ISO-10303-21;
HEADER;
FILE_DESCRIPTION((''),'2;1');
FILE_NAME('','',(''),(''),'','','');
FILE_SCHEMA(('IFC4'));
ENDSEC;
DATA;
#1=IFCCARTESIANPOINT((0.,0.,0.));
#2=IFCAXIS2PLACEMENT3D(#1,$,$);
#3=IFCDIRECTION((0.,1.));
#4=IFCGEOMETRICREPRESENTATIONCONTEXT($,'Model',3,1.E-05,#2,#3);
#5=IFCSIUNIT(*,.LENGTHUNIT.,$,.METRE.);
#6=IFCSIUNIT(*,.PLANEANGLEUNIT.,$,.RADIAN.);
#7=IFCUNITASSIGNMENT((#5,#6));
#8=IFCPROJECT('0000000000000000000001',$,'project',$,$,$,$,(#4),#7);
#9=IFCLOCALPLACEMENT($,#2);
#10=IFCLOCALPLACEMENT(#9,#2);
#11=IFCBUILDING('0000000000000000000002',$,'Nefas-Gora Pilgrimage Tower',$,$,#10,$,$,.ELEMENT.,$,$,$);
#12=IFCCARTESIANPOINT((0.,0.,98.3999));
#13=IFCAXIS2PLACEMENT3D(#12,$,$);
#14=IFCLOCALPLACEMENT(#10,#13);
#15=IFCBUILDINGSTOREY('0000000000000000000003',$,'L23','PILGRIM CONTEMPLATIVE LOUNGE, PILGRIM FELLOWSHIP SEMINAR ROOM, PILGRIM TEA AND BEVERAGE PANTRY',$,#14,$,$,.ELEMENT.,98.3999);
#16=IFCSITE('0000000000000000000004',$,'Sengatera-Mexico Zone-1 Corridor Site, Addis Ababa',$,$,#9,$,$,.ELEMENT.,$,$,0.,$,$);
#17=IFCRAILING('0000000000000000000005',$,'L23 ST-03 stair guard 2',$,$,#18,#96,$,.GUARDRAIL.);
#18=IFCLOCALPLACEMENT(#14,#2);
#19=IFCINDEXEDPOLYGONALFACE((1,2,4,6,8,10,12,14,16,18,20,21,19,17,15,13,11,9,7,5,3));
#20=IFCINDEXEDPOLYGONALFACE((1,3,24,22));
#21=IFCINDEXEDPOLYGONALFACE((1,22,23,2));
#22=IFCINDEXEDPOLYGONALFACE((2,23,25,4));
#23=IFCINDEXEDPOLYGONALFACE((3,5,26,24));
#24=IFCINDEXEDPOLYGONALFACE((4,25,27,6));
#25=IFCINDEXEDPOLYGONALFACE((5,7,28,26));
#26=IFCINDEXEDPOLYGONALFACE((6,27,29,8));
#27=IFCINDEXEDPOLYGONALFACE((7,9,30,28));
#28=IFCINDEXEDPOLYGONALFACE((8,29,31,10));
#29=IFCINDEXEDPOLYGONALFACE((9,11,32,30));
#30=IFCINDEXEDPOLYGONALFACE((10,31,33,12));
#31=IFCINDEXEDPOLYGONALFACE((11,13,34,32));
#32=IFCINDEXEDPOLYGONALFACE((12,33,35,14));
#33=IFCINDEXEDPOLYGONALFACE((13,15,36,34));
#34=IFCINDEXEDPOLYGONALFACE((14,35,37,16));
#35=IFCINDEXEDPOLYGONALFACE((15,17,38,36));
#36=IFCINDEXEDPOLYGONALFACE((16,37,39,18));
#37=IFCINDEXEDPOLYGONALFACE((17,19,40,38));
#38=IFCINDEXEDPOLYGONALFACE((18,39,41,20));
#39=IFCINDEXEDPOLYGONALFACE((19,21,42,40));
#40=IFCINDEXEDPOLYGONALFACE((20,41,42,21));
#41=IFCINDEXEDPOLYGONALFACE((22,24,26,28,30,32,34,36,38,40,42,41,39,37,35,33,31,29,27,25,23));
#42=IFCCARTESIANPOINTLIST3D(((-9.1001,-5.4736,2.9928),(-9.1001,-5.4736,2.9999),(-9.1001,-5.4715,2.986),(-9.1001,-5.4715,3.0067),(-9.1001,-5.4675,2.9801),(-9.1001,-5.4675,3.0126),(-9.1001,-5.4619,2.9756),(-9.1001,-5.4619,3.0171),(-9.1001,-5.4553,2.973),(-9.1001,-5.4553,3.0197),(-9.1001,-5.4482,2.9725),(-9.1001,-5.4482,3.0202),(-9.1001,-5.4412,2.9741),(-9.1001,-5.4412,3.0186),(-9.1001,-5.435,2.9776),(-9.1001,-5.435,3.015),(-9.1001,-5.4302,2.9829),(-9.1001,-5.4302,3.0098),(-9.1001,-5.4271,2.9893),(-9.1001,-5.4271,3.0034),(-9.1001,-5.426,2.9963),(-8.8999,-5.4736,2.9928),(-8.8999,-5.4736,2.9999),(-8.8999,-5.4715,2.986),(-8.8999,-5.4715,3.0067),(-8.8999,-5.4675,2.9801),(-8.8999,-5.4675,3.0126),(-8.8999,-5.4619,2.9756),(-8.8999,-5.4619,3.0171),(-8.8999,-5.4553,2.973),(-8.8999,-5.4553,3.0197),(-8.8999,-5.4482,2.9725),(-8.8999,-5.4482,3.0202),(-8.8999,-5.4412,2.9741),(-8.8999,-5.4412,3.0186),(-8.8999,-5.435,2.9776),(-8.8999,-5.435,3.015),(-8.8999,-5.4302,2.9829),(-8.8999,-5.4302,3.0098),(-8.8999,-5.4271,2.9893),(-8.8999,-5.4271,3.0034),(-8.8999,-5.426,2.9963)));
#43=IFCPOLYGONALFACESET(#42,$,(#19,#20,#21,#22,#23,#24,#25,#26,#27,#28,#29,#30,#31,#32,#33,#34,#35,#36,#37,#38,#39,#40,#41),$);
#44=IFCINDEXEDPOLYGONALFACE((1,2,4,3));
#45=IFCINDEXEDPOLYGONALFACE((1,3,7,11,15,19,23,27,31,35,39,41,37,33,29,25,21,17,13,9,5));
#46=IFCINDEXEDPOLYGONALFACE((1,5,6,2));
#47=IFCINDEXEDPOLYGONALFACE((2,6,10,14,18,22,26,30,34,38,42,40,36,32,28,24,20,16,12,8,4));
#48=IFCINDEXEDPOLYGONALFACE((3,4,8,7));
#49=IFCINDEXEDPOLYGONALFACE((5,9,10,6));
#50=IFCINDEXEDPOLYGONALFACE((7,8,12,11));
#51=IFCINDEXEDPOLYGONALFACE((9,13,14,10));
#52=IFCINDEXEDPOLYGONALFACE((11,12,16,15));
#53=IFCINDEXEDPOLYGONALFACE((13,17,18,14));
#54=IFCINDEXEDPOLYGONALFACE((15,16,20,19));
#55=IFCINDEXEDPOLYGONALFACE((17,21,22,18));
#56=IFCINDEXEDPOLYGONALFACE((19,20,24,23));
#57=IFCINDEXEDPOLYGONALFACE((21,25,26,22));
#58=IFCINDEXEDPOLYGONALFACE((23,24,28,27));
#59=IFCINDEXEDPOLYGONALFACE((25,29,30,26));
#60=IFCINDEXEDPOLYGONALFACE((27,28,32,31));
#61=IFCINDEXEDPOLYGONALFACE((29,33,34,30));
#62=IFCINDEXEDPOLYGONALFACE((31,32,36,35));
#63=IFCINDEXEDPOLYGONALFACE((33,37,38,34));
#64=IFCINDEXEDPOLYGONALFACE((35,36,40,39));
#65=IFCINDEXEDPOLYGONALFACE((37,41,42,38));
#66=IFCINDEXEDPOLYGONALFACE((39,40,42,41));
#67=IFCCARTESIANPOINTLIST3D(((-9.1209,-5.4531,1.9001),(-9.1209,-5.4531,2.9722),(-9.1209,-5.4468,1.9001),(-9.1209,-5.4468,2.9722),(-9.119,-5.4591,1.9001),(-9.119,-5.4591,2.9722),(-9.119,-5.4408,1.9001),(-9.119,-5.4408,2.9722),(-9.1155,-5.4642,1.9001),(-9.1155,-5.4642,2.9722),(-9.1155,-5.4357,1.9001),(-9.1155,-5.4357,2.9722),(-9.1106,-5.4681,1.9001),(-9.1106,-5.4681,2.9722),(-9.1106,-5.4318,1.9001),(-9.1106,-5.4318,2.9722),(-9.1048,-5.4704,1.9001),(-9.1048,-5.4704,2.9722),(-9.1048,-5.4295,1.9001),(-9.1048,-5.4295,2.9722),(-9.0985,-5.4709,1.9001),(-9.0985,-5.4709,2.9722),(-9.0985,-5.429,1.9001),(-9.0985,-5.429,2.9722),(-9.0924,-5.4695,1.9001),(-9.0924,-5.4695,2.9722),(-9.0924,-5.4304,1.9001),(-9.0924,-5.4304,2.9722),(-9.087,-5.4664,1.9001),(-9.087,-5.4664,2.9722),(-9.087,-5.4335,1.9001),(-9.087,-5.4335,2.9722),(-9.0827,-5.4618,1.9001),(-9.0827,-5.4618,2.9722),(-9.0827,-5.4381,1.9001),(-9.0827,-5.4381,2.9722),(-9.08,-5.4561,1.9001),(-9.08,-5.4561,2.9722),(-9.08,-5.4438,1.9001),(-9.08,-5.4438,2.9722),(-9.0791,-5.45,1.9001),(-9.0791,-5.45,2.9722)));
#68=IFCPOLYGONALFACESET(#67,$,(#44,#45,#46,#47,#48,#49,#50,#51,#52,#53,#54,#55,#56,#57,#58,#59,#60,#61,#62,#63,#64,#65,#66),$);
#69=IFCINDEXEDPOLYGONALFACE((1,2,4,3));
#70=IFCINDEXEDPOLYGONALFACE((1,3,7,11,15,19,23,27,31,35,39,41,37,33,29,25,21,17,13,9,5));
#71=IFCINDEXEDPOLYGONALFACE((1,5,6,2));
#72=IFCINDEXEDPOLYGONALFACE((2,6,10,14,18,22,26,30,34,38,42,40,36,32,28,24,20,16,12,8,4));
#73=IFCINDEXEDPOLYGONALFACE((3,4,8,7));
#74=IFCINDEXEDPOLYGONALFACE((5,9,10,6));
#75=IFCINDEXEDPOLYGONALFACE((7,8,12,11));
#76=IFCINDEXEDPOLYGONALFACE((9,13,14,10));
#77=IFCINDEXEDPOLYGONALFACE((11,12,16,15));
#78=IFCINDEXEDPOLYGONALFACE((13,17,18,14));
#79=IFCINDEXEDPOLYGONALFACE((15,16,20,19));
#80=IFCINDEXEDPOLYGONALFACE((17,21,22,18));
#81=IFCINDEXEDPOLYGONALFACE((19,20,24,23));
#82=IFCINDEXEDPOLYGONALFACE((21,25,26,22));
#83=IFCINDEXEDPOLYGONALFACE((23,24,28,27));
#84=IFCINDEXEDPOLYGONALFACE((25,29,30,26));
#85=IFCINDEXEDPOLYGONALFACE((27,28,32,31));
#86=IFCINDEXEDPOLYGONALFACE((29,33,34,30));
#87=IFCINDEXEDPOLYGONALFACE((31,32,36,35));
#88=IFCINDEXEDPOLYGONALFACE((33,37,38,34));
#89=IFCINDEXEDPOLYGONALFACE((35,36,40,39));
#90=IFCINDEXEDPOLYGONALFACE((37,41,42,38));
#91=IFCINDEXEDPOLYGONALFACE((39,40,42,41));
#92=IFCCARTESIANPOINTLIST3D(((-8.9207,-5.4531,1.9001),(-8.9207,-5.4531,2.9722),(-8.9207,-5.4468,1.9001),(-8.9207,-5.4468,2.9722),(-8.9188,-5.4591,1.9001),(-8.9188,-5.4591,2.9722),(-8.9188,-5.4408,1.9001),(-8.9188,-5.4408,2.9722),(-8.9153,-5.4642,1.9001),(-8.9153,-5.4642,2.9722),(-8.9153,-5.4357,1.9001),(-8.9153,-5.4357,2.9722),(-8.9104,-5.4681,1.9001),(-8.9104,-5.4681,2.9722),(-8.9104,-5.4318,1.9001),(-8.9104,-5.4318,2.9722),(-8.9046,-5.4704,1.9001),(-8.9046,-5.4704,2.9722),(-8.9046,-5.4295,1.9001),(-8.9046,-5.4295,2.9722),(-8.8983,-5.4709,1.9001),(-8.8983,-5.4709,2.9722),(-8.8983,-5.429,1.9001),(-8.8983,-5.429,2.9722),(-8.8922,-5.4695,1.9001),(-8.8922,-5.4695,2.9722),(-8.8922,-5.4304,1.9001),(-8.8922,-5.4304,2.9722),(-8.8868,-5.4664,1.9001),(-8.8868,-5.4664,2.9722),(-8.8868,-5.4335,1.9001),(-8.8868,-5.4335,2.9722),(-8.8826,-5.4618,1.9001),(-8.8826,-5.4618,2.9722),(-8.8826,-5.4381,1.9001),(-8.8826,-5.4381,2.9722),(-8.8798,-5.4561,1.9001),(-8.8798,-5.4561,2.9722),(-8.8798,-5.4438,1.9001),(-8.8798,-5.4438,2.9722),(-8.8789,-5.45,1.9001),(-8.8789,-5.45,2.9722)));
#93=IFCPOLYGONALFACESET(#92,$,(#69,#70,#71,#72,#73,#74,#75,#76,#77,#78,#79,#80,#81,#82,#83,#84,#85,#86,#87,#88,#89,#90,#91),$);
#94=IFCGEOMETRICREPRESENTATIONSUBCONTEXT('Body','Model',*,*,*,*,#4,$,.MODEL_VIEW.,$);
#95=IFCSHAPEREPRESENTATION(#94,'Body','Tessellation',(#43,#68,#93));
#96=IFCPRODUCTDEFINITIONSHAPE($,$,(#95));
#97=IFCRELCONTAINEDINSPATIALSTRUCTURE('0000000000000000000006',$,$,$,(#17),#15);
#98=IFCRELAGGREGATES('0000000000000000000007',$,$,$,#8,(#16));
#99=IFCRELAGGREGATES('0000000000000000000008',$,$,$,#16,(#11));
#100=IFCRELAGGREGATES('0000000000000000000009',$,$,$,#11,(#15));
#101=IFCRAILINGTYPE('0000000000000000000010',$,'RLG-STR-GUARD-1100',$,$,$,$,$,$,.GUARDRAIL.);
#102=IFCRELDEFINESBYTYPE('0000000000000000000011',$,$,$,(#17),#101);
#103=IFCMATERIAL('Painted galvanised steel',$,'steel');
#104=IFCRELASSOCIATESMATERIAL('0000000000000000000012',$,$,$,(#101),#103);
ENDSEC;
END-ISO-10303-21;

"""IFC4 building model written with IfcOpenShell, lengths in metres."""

from ifc_helpers import new_model, si_unit, direction, frame, origin, origin_2d, place, context, subcontext, project, spatial, circle, extrude, material, type_object, element, save


model = new_model("IFC4")

# Units and contexts
model_context = context("Model", 3, precision=1e-05, world=origin(), true_north=direction((0.0, 1.0)))
body_context = subcontext(model_context, "Body", "Model", "MODEL_VIEW")
ifc_project = project(units=[si_unit("LENGTHUNIT", "METRE"), si_unit("PLANEANGLEUNIT", "RADIAN")], contexts=[model_context])

# Site, building, storey
site_placement = place(None, origin())
site = spatial("IfcSite", under=ifc_project, at=site_placement, Name="Sengatera-Mexico Zone-1 Corridor Site, Addis Ababa", CompositionType="ELEMENT", RefElevation=0.0)
building_placement = place(site_placement, origin())
building = spatial("IfcBuilding", under=site, at=building_placement, Name="Nefas-Gora Pilgrimage Tower", CompositionType="ELEMENT")
storey_placement = place(building_placement, frame((0.0, 0.0, 98.3999)))
storey = spatial("IfcBuildingStorey", under=building, at=storey_placement, Name="L23", Description="PILGRIM CONTEMPLATIVE LOUNGE, PILGRIM FELLOWSHIP SEMINAR ROOM, PILGRIM TEA AND BEVERAGE PANTRY", CompositionType="ELEMENT", Elevation=98.3999)

# Railing
ifc_material_1 = material(Name="Painted galvanised steel", Category="steel")
railing_type_1 = type_object("IfcRailingType", Name="RLG-STR-GUARD-1100", PredefinedType="GUARDRAIL", material=ifc_material_1)
railing_1_placement = place(storey_placement, frame((-9.1001, -5.45, 1.9001)))
element("IfcRailing", 1, at=railing_1_placement, inside=storey, type_object=railing_type_1, Name="L23 ST-03 stair guard 2", PredefinedType="GUARDRAIL", context=body_context, shape_type="SweptSolid", body=[
    extrude(circle(Radius=0.0239, at=origin_2d()), frame((0.0, 0.0, 1.0962), z_axis=(1.0, 0.0, 0.0), x_axis=(0.0, 1.0, 0.0)), (0.0, 0.0, 1.0), 0.2002),
    extrude(circle(Radius=0.021, at=origin_2d()), origin(), (0.0, 0.0, 1.0), 1.072),
    extrude(circle(Radius=0.021, at=origin_2d()), frame((0.2002, 0.0, 0.0)), (0.0, 0.0, 1.0), 1.072),
])

save(model, "model.ifc")
